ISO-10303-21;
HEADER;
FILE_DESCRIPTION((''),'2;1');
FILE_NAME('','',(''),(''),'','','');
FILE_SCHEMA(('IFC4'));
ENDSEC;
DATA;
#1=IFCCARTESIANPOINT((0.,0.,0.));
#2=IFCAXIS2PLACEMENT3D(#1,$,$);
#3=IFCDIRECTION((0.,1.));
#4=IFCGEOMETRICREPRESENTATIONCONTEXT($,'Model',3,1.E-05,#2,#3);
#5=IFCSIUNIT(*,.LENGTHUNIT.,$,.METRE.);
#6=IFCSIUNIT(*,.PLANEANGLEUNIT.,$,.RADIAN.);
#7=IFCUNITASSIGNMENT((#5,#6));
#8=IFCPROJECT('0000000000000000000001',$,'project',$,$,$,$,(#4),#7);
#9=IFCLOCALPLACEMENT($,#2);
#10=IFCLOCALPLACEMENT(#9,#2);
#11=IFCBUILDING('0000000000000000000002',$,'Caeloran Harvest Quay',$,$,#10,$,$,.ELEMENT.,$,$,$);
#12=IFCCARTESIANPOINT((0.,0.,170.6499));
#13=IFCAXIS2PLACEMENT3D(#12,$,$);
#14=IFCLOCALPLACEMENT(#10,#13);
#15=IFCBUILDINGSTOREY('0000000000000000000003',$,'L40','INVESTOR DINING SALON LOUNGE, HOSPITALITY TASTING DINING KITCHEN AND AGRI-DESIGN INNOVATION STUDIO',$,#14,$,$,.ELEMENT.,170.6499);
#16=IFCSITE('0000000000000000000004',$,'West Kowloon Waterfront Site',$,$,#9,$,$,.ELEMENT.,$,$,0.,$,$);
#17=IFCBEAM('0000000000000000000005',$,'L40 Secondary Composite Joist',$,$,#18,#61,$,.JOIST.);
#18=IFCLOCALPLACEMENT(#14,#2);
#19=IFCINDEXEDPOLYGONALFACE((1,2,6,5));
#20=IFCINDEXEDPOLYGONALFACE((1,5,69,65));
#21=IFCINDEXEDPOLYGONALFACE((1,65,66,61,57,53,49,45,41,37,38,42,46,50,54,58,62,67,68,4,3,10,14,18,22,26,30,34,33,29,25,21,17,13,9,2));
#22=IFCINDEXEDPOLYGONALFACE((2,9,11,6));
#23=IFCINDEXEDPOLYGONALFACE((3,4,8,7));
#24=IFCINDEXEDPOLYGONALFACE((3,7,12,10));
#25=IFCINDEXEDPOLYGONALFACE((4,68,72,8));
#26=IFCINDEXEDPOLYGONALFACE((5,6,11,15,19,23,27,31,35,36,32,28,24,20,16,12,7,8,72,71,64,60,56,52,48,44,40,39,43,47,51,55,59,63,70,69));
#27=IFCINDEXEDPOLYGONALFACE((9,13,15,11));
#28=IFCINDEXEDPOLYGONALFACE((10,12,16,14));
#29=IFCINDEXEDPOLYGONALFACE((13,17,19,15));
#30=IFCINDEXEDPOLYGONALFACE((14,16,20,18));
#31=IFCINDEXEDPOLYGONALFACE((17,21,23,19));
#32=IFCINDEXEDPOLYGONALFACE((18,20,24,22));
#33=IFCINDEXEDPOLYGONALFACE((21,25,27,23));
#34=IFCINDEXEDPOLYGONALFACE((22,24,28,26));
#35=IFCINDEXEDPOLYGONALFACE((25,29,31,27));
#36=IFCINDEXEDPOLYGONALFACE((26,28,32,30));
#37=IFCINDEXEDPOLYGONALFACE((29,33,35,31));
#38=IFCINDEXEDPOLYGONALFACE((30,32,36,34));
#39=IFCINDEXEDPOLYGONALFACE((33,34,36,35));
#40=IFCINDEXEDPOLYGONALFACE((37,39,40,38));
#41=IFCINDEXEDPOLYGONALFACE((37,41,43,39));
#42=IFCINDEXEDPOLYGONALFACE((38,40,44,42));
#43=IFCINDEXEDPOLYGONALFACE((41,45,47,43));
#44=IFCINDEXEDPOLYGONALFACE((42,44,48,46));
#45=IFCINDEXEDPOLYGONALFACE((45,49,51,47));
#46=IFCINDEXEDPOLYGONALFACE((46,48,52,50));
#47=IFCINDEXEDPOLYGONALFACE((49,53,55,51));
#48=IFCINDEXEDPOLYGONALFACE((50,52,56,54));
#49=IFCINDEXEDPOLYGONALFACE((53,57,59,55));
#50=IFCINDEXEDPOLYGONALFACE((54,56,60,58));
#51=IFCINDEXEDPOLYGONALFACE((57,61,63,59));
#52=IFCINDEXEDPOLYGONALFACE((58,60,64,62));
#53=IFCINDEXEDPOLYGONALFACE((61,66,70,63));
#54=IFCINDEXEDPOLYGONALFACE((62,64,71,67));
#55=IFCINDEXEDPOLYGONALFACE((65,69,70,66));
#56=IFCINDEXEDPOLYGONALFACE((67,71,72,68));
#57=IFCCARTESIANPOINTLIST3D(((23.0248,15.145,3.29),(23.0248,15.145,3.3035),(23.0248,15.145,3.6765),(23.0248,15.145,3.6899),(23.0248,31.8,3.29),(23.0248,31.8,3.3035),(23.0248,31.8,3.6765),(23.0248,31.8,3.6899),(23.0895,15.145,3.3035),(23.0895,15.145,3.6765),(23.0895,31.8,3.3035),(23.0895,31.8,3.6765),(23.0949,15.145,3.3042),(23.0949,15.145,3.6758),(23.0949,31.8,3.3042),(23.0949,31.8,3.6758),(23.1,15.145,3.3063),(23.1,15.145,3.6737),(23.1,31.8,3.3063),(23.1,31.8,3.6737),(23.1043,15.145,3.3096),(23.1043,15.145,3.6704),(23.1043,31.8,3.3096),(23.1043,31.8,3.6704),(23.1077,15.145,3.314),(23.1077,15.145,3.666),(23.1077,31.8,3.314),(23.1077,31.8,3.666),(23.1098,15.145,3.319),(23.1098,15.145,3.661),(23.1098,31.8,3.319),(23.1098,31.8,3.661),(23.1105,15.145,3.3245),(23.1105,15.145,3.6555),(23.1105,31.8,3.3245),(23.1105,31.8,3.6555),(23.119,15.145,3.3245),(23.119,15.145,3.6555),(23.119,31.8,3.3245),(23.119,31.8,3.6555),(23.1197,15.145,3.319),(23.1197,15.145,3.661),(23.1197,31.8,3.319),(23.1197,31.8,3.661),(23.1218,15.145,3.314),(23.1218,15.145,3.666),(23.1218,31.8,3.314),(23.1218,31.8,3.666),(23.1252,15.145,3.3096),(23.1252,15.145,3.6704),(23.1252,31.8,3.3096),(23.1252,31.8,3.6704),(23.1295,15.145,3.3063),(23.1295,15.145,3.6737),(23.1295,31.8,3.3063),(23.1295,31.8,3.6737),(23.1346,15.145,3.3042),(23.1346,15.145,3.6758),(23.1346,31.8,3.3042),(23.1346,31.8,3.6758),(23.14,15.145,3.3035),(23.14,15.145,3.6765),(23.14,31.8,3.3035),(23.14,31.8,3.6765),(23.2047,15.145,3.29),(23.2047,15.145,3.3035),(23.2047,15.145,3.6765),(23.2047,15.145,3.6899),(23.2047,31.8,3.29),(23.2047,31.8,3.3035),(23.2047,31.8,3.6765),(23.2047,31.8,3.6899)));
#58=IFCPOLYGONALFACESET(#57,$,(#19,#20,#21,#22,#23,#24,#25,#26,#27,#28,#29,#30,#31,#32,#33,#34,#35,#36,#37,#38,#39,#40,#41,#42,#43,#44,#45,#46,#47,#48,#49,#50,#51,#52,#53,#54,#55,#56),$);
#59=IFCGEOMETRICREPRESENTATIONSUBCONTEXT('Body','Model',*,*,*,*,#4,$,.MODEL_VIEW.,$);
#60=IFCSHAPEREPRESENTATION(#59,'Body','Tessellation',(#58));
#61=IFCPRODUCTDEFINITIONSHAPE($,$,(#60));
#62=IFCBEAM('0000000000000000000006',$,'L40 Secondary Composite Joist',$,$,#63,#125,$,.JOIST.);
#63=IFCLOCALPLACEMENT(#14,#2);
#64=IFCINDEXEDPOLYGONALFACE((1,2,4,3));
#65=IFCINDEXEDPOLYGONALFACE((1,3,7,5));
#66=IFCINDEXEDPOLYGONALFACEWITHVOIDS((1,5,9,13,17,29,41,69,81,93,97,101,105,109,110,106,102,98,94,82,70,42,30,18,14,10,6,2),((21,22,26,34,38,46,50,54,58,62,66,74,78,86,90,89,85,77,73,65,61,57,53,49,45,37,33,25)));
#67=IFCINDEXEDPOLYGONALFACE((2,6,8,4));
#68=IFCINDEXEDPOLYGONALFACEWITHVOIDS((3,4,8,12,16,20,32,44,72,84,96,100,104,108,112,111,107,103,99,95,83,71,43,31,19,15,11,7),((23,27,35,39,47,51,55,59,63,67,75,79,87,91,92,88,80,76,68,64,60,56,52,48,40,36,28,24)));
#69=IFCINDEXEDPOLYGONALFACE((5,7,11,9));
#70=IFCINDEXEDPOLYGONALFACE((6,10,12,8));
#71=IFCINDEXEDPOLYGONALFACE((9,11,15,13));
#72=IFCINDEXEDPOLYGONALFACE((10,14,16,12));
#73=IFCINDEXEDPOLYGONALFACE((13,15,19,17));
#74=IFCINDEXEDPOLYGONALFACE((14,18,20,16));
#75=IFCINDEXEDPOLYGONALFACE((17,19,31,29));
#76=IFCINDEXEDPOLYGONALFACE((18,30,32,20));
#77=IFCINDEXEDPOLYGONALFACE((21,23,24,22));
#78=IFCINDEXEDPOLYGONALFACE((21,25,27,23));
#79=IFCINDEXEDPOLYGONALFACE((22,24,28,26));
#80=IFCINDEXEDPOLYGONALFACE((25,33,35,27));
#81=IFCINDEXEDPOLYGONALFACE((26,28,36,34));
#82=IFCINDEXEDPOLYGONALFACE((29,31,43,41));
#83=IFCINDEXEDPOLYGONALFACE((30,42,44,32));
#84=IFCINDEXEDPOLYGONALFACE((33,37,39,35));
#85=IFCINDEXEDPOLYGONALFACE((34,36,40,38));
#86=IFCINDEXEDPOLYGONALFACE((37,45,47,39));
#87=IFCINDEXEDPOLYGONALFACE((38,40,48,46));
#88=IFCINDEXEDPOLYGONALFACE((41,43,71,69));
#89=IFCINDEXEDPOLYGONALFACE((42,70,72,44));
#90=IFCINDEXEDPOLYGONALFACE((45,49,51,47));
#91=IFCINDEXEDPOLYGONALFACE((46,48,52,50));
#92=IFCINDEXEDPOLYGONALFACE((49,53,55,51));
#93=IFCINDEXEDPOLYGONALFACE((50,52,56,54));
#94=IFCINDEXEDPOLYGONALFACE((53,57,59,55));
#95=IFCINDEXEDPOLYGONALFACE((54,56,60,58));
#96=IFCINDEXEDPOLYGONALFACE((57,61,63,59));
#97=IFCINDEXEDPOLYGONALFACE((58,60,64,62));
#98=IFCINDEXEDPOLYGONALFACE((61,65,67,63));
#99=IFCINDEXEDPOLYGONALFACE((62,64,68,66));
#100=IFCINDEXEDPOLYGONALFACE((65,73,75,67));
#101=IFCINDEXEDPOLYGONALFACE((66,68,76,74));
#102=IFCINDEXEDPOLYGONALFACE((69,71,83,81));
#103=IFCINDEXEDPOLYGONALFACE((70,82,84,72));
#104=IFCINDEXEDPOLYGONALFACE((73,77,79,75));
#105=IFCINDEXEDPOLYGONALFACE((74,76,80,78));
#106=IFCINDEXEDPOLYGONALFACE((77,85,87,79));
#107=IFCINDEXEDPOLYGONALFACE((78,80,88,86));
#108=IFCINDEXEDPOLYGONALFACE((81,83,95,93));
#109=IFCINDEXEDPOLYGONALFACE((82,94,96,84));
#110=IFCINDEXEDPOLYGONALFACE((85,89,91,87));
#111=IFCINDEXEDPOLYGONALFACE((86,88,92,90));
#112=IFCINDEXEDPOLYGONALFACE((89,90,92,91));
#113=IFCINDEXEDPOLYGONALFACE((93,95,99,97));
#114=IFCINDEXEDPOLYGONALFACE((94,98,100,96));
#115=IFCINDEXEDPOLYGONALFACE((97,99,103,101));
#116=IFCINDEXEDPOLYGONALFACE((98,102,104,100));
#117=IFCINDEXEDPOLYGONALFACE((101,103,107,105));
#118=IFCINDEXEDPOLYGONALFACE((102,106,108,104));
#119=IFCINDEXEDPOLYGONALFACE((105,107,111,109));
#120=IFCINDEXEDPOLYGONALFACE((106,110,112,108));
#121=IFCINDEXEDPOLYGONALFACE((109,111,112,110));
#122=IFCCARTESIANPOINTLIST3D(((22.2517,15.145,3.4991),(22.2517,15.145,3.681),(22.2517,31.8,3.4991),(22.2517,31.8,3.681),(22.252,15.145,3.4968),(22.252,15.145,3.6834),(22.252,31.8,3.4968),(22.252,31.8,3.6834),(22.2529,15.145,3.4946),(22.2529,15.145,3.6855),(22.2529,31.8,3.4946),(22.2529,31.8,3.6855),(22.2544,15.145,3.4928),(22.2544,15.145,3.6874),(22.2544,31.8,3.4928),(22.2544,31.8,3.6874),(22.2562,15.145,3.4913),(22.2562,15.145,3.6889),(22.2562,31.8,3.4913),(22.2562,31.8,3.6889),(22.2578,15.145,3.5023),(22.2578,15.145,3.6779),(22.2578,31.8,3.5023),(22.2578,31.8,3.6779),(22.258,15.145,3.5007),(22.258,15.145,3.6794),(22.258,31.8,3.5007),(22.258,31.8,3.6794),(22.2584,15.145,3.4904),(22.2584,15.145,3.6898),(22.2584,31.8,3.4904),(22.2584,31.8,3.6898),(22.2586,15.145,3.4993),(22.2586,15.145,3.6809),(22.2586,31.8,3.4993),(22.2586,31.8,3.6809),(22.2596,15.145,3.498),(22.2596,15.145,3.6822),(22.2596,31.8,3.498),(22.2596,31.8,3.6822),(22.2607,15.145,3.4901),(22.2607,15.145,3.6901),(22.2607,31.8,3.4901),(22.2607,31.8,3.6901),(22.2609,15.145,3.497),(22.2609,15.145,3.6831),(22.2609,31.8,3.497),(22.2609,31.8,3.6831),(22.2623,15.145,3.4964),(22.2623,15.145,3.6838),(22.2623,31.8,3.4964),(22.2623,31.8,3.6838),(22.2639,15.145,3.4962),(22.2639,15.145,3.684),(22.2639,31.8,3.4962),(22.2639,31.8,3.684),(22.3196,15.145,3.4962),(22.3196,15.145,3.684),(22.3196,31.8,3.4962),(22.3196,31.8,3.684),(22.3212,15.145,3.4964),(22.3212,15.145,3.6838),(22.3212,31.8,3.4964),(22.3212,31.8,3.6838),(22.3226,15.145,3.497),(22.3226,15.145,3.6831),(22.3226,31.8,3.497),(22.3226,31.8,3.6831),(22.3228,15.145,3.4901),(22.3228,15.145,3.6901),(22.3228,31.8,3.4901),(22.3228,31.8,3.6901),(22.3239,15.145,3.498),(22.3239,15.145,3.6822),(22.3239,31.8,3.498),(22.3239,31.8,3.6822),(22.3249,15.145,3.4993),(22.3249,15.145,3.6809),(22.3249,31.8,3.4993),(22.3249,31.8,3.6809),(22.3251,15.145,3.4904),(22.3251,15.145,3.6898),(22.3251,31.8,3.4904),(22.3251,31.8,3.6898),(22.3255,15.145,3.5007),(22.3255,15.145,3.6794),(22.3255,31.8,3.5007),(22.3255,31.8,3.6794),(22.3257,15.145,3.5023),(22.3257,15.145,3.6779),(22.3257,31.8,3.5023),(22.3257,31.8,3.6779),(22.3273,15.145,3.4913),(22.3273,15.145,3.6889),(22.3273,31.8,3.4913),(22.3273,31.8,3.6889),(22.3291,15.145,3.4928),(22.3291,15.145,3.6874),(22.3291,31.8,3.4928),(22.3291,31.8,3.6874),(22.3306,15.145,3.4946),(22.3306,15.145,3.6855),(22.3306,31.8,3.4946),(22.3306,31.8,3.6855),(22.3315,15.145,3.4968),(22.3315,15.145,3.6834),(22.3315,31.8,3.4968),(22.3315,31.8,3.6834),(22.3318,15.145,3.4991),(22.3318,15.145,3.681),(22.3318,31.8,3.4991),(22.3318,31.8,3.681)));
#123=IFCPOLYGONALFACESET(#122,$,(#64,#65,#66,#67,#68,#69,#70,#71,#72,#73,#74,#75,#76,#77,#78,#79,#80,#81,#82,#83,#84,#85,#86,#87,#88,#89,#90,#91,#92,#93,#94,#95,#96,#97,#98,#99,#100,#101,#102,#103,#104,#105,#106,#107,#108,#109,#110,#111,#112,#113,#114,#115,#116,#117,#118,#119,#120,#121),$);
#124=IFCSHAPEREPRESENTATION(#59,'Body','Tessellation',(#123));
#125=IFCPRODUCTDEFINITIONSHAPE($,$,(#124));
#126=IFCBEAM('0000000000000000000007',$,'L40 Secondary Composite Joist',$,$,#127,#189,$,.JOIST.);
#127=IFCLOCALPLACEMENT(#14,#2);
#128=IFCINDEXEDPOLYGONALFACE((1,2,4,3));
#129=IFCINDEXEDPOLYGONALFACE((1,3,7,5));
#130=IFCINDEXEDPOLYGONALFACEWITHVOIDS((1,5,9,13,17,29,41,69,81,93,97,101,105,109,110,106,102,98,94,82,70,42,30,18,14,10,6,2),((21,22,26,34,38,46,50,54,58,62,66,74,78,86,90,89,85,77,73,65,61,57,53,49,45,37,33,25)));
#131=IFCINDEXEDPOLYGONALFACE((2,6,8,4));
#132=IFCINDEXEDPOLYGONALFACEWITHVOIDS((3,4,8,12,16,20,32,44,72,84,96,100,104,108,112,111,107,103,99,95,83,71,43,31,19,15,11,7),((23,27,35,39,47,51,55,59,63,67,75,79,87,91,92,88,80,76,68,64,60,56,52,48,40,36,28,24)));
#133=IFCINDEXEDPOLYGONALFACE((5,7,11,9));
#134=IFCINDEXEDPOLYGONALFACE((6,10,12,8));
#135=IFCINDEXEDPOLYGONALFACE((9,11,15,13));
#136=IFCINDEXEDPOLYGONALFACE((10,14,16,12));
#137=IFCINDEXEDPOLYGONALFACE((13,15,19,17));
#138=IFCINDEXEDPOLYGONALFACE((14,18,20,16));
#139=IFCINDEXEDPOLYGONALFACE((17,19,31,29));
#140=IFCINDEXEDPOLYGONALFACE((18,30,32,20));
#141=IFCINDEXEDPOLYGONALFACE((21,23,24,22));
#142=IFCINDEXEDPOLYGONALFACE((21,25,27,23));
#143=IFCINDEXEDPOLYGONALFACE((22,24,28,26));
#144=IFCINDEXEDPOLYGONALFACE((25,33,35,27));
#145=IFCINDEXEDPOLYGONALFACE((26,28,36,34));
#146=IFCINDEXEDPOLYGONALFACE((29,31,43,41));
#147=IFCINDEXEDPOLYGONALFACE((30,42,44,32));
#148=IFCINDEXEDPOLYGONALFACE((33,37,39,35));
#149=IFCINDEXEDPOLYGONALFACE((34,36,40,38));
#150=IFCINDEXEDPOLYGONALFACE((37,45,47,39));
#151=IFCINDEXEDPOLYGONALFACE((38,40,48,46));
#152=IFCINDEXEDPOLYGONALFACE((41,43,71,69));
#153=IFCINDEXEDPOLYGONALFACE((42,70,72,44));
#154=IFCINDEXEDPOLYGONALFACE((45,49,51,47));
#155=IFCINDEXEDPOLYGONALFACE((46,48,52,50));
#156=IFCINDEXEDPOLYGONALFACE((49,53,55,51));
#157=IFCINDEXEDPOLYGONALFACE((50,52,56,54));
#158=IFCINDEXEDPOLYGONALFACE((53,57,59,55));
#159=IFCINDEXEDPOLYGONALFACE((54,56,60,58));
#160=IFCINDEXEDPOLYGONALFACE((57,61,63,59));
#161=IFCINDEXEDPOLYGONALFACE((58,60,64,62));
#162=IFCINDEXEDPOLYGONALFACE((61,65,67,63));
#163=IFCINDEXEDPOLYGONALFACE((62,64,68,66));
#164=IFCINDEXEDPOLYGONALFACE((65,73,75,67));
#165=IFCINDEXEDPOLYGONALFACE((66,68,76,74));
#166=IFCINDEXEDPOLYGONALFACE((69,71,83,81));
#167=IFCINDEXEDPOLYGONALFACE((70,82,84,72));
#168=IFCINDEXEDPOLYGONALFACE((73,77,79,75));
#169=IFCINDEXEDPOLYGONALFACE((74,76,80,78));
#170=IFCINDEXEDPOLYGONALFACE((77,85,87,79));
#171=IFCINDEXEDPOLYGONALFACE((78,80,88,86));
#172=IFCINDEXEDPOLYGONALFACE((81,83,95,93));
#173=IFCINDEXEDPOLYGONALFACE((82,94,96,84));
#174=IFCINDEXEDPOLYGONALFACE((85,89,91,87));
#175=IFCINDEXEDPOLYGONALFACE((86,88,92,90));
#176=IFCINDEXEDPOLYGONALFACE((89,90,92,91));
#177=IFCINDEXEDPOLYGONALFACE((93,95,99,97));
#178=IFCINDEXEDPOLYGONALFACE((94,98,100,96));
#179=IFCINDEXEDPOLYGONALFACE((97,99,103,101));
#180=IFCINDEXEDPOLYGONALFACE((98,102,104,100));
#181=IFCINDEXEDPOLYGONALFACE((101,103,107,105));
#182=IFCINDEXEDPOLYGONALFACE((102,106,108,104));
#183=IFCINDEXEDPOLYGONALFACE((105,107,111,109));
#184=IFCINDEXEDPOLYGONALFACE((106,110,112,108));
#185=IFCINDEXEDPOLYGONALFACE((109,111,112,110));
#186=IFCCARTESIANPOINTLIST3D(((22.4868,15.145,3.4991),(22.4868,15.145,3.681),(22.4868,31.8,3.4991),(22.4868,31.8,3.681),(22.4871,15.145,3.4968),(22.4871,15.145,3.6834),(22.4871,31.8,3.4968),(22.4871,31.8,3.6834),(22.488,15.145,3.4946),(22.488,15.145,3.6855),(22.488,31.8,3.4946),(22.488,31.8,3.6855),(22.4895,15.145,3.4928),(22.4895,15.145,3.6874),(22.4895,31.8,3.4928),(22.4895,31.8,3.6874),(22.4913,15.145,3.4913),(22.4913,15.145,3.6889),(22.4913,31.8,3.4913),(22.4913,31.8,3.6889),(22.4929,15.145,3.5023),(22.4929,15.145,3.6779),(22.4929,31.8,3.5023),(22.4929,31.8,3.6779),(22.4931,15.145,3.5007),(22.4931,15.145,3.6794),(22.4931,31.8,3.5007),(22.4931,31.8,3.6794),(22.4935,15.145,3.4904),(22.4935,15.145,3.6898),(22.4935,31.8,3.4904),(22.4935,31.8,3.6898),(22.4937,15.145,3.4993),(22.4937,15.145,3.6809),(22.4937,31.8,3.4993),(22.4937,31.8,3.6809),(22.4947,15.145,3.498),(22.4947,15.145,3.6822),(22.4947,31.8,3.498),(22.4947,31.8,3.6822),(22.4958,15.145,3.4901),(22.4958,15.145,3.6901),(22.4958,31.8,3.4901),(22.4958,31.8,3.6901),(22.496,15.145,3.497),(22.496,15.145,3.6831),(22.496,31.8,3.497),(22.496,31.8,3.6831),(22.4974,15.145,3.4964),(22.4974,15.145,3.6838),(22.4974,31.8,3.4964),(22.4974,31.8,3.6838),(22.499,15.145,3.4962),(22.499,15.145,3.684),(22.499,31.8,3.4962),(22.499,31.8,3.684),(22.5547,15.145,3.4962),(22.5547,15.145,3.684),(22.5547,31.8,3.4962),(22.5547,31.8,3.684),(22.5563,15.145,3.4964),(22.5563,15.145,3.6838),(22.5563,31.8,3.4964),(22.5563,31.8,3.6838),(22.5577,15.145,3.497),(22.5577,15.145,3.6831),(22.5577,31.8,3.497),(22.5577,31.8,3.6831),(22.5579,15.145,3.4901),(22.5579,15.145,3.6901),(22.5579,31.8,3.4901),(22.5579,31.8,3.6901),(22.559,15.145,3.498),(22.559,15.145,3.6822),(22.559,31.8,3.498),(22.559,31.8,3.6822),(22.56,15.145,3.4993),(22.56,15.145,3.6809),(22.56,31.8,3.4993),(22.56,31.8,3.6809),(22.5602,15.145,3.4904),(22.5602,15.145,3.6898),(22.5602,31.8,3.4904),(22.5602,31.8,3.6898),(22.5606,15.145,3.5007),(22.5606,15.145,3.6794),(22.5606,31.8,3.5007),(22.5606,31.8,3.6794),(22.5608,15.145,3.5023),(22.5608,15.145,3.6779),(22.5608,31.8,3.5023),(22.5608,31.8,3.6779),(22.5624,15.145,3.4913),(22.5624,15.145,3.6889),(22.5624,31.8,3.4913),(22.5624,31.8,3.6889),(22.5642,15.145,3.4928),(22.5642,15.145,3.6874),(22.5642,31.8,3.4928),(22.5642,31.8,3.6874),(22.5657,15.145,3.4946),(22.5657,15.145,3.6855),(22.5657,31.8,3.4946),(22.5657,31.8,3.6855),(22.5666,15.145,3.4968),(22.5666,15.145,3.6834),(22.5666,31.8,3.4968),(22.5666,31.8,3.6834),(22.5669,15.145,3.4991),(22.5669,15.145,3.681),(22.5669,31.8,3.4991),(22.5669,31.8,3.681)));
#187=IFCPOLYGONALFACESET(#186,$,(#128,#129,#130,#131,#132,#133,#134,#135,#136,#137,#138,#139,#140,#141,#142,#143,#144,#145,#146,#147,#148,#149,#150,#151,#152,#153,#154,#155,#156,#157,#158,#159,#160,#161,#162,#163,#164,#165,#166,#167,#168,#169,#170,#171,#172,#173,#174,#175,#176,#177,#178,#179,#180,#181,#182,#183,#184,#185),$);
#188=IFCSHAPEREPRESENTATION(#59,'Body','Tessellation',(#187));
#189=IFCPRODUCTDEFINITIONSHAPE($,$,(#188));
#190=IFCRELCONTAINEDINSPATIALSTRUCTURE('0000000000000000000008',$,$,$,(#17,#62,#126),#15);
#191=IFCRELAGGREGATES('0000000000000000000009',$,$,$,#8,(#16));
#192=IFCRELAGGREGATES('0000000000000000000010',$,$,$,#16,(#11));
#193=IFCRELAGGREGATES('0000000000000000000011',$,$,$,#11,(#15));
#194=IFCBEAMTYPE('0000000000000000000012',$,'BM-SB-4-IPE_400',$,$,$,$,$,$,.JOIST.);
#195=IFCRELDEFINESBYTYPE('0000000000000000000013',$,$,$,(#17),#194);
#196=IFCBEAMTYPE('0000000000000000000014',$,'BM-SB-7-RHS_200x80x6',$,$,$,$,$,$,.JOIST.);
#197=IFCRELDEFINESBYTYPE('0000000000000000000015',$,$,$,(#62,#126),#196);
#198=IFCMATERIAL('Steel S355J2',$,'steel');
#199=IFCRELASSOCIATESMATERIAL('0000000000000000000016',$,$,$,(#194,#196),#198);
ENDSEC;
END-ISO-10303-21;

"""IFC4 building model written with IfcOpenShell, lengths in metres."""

from ifc_helpers import new_model, si_unit, direction, frame, origin, origin_2d, place, context, subcontext, project, spatial, hollow_rectangle, i_section, extrude, material, material_profile, profile_set, type_object, element, save


model = new_model("IFC4")

# Units and contexts
model_context = context("Model", 3, precision=1e-05, world=origin(), true_north=direction((0.0, 1.0)))
body_context = subcontext(model_context, "Body", "Model", "MODEL_VIEW")
ifc_project = project(units=[si_unit("LENGTHUNIT", "METRE"), si_unit("PLANEANGLEUNIT", "RADIAN")], contexts=[model_context])

# Site, building, storey
site_placement = place(None, origin())
site = spatial("IfcSite", under=ifc_project, at=site_placement, Name="West Kowloon Waterfront Site", CompositionType="ELEMENT", RefElevation=0.0)
building_placement = place(site_placement, origin())
building = spatial("IfcBuilding", under=site, at=building_placement, Name="Caeloran Harvest Quay", CompositionType="ELEMENT")
storey_placement = place(building_placement, frame((0.0, 0.0, 170.6499)))
storey = spatial("IfcBuildingStorey", under=building, at=storey_placement, Name="L40", Description="INVESTOR DINING SALON LOUNGE, HOSPITALITY TASTING DINING KITCHEN AND AGRI-DESIGN INNOVATION STUDIO", CompositionType="ELEMENT", Elevation=170.6499)

# Beams
ifc_material_1 = material(Name="Steel S355J2", Category="steel")
ifc_material_profile_1 = material_profile(ifc_material_1, i_section(OverallWidth=0.1799, OverallDepth=0.3999, WebThickness=0.0085, FlangeThickness=0.0134, FilletRadius=0.021, at=origin_2d()), Name="IPE 400")
ifc_profile_set_1 = profile_set([ifc_material_profile_1], Name="Steel S355J2")
beam_type_1 = type_object("IfcBeamType", Name="BM-SB-4-IPE_400", PredefinedType="JOIST", material=ifc_profile_set_1)
for number, where, z_axis, x_axis, name in (
    (1, (23.1147, 15.145, 3.49), (0.0, 1.0, 0.0), (-1.0, 0.0, 0.0), "L40 Secondary Composite Joist"),
):
    element("IfcBeam", number, at=place(storey_placement, frame(where, z_axis=z_axis, x_axis=x_axis)), inside=storey, type_object=beam_type_1, Name=name, PredefinedType="JOIST", context=body_context, shape_type="SweptSolid", body=[
        extrude(i_section(OverallWidth=0.1799, OverallDepth=0.3999, WebThickness=0.0085, FlangeThickness=0.0134, FilletRadius=0.021, at=origin_2d()), origin(), (0.0, 0.0, 1.0), 16.655),
    ])
ifc_material_profile_2 = material_profile(ifc_material_1, hollow_rectangle(XDim=0.0801, YDim=0.2, WallThickness=0.0061, InnerFilletRadius=0.0061, OuterFilletRadius=0.009, at=origin_2d()), Name="RHS 200x80x6")
ifc_profile_set_2 = profile_set([ifc_material_profile_2], Name="Steel S355J2")
beam_type_2 = type_object("IfcBeamType", Name="BM-SB-7-RHS_200x80x6", PredefinedType="JOIST", material=ifc_profile_set_2)
for number, where, z_axis, x_axis, name in (
    (2, (22.2917, 15.145, 3.5901), (0.0, 1.0, 0.0), (-1.0, 0.0, 0.0), "L40 Secondary Composite Joist"),
    (3, (22.5269, 15.145, 3.5901), (0.0, 1.0, 0.0), (-1.0, 0.0, 0.0), "L40 Secondary Composite Joist"),
):
    element("IfcBeam", number, at=place(storey_placement, frame(where, z_axis=z_axis, x_axis=x_axis)), inside=storey, type_object=beam_type_2, Name=name, PredefinedType="JOIST", context=body_context, shape_type="SweptSolid", body=[
        extrude(hollow_rectangle(XDim=0.0801, YDim=0.2, WallThickness=0.0061, InnerFilletRadius=0.0061, OuterFilletRadius=0.009, at=origin_2d()), origin(), (0.0, 0.0, 1.0), 16.655),
    ])

save(model, "model.ifc")
